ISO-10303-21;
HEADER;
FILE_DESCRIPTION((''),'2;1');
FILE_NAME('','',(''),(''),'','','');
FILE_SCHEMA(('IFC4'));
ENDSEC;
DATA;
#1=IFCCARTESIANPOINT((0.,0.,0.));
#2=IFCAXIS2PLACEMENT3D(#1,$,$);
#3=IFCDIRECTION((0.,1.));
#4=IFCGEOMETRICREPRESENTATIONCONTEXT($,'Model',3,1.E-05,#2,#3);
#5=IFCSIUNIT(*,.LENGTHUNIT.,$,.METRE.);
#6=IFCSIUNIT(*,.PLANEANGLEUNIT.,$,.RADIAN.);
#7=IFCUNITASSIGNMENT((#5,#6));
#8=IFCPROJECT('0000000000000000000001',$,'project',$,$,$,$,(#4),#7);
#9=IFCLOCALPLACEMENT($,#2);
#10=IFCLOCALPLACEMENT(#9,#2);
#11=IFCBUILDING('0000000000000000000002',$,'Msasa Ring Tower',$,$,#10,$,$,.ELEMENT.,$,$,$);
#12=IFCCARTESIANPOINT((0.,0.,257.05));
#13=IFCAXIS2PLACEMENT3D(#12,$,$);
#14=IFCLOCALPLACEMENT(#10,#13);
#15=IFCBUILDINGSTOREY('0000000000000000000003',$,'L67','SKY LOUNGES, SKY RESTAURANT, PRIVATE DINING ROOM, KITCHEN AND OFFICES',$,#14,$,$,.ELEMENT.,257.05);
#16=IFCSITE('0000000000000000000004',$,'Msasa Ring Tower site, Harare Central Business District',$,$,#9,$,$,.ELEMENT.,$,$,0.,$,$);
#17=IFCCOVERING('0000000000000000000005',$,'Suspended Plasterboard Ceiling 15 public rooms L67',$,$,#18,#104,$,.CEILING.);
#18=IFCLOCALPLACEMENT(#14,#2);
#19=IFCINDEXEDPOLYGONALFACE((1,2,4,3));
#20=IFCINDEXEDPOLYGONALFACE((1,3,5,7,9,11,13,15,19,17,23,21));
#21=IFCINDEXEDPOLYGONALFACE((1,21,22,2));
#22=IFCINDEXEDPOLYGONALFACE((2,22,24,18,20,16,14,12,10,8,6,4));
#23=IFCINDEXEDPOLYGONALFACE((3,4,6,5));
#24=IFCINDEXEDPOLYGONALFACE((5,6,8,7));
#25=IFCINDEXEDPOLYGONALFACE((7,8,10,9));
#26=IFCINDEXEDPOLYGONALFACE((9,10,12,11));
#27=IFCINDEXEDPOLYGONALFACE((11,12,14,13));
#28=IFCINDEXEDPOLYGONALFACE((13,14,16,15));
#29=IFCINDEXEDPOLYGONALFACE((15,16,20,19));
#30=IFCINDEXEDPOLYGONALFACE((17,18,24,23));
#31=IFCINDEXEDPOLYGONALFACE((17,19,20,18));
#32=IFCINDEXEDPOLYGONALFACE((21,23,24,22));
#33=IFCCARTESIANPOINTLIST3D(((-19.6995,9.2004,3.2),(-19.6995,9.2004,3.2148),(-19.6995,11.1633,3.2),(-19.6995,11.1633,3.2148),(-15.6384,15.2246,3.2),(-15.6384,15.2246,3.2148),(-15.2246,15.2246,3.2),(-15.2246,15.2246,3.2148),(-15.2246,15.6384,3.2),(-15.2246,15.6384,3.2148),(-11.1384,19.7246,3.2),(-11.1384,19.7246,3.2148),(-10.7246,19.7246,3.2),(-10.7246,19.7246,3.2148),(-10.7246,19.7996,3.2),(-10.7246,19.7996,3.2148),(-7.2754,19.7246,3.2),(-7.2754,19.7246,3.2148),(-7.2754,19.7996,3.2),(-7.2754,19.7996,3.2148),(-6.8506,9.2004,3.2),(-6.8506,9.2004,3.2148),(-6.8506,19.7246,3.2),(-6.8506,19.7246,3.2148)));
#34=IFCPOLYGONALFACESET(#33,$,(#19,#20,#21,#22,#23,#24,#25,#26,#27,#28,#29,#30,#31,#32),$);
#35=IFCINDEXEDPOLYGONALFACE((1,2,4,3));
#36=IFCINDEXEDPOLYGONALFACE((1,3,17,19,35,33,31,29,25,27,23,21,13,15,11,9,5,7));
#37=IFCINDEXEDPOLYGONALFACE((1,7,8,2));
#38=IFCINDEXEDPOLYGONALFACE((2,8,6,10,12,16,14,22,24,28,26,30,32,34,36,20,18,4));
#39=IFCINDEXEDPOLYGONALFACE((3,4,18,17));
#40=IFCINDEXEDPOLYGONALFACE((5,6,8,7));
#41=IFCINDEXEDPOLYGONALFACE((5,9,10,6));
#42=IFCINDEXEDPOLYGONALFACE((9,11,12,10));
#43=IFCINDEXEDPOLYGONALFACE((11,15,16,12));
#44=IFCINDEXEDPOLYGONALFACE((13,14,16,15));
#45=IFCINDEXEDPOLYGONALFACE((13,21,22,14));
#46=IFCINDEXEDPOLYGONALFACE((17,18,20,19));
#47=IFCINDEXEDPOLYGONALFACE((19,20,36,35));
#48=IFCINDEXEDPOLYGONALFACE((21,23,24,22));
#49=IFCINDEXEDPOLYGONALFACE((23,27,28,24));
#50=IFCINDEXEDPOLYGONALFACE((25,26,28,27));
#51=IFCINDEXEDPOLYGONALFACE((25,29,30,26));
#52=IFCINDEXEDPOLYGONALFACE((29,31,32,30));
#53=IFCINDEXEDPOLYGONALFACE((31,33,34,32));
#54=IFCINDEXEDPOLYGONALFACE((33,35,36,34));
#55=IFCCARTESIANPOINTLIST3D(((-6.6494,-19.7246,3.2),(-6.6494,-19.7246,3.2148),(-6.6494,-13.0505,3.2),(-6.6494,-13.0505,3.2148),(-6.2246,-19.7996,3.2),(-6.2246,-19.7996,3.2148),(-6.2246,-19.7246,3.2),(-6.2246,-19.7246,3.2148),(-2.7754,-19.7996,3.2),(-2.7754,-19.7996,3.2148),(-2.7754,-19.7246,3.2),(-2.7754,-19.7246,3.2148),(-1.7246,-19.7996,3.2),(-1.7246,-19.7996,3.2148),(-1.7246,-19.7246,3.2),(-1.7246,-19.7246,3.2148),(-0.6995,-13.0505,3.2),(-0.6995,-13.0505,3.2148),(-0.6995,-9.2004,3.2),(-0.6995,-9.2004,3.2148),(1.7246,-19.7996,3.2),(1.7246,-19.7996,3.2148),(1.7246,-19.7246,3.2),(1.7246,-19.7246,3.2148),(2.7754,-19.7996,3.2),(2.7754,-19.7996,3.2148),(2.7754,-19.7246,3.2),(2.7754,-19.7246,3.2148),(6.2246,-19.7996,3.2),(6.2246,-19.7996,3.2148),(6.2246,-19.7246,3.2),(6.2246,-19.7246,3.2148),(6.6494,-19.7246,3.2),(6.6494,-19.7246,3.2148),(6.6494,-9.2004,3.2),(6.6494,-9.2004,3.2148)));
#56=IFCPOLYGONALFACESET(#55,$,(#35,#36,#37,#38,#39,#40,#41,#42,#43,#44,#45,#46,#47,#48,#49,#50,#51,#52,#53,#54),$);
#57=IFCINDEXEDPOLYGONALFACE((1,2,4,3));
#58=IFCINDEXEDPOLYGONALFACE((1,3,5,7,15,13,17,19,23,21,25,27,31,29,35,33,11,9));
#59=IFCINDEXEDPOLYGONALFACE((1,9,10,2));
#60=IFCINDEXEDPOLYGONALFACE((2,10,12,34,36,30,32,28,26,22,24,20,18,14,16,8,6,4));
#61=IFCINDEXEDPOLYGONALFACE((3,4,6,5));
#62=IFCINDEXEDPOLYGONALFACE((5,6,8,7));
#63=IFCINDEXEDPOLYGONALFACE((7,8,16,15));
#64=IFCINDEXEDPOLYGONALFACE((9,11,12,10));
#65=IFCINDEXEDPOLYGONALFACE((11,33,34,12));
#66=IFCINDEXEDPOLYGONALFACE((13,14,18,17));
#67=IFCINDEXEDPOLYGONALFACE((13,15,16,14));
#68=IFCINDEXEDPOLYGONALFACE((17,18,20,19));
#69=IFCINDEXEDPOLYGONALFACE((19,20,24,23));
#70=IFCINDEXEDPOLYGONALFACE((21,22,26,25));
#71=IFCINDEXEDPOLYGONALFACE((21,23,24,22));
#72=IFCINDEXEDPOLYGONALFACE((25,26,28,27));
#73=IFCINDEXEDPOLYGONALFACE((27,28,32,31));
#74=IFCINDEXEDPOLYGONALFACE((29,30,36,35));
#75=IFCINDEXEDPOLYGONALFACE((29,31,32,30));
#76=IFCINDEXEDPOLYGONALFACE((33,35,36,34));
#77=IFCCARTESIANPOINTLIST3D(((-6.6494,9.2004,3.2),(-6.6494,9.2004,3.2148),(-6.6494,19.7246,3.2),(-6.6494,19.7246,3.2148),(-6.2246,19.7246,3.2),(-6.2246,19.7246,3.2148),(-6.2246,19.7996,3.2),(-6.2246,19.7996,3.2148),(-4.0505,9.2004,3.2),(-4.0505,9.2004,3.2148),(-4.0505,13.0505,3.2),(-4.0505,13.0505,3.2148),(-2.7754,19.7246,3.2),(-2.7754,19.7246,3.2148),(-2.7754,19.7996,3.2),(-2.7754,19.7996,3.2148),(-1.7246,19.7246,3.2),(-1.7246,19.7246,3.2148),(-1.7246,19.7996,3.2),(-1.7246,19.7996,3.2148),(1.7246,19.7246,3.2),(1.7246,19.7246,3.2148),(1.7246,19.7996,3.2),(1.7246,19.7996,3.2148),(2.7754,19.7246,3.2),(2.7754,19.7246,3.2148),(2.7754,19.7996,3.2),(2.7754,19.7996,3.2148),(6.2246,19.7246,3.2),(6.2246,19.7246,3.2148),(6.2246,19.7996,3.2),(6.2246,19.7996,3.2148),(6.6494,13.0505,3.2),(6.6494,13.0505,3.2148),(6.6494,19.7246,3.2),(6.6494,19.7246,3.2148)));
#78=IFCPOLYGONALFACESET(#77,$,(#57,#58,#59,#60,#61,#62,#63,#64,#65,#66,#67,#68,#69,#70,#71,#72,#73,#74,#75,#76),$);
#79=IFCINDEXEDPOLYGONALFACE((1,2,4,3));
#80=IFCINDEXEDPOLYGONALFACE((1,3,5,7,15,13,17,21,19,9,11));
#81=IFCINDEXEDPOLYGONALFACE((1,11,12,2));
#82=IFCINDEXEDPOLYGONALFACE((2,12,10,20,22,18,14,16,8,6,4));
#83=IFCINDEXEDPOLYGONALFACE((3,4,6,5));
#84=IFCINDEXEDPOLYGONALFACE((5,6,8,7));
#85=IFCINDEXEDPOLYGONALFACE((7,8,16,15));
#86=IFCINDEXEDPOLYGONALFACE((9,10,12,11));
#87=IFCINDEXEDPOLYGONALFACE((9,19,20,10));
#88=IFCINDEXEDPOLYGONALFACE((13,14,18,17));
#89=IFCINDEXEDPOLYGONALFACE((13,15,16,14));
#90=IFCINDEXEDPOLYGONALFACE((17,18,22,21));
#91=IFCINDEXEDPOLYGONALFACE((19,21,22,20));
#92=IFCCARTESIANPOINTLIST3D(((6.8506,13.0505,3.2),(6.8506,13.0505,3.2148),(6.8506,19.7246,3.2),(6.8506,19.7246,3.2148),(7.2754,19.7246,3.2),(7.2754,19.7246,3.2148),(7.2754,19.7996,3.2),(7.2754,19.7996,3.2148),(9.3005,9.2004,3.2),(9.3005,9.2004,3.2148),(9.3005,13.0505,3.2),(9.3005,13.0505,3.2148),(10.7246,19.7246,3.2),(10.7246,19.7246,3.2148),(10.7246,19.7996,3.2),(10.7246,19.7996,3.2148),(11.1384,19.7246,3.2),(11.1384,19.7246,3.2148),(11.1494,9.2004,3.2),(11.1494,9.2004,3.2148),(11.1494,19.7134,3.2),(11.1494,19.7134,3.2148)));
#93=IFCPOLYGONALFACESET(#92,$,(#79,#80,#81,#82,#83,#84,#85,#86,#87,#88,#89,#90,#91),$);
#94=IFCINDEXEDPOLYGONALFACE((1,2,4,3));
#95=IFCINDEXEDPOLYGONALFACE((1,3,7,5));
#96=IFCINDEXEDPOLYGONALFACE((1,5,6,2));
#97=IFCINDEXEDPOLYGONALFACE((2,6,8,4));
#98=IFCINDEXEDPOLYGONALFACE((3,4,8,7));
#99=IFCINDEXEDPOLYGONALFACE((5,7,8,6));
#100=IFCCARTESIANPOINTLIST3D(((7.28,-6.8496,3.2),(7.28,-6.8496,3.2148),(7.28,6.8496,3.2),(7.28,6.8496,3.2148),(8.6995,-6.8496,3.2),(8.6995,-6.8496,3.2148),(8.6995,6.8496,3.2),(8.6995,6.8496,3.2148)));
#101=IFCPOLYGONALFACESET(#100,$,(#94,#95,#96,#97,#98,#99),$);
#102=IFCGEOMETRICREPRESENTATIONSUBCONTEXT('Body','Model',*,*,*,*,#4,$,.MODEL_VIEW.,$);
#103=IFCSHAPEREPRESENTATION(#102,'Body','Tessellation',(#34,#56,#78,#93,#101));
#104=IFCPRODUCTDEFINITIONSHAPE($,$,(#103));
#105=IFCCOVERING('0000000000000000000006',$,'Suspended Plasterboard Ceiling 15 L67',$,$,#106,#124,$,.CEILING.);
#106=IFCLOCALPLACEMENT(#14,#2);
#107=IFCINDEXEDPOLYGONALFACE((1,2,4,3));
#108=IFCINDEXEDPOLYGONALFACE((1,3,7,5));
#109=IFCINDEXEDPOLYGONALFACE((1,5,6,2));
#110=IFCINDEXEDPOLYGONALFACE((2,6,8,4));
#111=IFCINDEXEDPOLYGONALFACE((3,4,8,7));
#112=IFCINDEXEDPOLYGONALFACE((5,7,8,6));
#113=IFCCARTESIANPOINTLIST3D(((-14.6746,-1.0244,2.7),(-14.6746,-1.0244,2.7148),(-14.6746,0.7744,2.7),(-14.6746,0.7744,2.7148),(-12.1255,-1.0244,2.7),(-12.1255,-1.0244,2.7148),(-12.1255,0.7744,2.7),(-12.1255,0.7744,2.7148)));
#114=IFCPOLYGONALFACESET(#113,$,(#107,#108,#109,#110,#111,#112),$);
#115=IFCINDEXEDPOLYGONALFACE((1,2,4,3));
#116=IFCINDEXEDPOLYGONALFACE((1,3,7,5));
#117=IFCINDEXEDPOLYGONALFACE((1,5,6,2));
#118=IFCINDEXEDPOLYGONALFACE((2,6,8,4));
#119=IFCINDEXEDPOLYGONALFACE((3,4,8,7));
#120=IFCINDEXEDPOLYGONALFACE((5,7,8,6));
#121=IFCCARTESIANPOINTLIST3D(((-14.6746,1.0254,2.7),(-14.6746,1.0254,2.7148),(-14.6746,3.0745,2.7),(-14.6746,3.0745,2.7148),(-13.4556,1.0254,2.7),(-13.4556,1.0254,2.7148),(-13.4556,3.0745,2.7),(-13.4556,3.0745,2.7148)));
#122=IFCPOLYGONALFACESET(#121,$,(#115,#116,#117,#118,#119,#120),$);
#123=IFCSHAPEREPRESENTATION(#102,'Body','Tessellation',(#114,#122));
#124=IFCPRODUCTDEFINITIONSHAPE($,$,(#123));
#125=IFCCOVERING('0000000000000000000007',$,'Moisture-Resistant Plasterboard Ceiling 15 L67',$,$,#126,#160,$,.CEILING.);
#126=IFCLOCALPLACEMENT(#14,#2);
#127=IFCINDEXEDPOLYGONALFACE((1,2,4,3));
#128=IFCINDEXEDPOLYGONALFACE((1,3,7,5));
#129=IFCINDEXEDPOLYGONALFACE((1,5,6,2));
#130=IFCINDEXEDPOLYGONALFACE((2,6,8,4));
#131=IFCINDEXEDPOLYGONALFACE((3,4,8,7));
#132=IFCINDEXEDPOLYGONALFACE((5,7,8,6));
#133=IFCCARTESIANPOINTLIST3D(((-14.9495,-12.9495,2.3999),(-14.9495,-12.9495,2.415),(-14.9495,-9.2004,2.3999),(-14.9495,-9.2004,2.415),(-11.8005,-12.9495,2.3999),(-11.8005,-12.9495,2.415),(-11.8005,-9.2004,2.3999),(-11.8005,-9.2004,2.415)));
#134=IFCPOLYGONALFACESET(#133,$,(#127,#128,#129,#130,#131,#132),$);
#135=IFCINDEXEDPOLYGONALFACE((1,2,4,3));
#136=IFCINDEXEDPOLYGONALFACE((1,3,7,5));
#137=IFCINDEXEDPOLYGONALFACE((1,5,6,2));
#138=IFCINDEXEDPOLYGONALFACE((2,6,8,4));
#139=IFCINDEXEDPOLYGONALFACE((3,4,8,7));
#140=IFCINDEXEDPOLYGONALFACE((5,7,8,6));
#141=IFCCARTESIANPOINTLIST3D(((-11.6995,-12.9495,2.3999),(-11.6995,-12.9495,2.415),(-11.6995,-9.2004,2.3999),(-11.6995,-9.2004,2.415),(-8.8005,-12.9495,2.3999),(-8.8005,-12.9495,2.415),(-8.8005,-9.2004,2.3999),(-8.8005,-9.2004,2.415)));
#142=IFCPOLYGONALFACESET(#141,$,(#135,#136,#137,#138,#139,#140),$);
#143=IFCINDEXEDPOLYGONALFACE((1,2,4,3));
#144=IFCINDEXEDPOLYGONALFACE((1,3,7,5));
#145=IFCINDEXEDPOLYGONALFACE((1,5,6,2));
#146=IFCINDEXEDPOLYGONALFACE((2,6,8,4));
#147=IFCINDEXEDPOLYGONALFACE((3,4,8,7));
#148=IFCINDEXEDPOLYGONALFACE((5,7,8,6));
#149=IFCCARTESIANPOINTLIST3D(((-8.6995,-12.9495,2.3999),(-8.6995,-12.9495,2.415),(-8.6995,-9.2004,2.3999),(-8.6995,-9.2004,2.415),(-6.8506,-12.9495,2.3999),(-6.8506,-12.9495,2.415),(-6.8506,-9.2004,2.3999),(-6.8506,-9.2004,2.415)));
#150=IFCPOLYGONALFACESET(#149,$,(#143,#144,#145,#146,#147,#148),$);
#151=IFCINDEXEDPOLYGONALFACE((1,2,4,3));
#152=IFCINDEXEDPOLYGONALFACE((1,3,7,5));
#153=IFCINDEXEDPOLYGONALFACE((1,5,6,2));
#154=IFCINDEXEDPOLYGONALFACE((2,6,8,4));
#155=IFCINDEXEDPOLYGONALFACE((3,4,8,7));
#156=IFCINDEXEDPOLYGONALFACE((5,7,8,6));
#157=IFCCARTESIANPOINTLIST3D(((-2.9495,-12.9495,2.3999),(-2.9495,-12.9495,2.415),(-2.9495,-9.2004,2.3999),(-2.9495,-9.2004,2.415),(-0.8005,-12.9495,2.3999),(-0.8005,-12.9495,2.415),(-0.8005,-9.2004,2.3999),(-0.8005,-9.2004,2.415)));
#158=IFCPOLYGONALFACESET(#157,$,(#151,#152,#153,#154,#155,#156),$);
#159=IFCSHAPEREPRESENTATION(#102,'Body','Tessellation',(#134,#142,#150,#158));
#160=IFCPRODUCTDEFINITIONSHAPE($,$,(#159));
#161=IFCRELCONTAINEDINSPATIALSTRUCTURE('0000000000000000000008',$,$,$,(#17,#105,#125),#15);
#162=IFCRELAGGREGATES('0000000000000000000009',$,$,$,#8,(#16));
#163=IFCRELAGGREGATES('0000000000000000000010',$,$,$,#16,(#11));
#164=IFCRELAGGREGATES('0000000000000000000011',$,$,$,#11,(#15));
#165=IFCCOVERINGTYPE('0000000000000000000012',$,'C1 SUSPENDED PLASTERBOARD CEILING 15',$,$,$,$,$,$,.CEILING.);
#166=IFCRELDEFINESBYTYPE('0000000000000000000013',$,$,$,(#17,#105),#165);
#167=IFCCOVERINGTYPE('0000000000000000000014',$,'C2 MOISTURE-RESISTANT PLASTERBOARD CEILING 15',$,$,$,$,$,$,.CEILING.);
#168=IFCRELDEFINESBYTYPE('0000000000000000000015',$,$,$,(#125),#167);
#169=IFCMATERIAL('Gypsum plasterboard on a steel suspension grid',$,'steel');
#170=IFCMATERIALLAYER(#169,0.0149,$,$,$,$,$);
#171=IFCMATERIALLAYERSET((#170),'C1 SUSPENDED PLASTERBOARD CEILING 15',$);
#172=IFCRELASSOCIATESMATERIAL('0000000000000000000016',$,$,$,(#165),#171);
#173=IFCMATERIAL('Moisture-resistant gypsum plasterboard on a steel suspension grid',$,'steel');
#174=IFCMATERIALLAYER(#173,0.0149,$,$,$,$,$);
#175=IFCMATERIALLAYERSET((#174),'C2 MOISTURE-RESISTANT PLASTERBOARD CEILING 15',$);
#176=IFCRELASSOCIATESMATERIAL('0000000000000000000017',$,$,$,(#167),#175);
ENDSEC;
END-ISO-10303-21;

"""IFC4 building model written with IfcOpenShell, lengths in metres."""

from ifc_helpers import new_model, si_unit, direction, frame, origin, place, context, subcontext, project, spatial, line, indexed_curve, outline, extrude, material, layer, layer_set, type_object, element, save


model = new_model("IFC4")

# Units and contexts
model_context = context("Model", 3, precision=1e-05, world=origin(), true_north=direction((0.0, 1.0)))
body_context = subcontext(model_context, "Body", "Model", "MODEL_VIEW")
ifc_project = project(units=[si_unit("LENGTHUNIT", "METRE"), si_unit("PLANEANGLEUNIT", "RADIAN")], contexts=[model_context])

# Site, building, storey
site_placement = place(None, origin())
site = spatial("IfcSite", under=ifc_project, at=site_placement, Name="Msasa Ring Tower site, Harare Central Business District", CompositionType="ELEMENT", RefElevation=0.0)
building_placement = place(site_placement, origin())
building = spatial("IfcBuilding", under=site, at=building_placement, Name="Msasa Ring Tower", CompositionType="ELEMENT")
storey_placement = place(building_placement, frame((0.0, 0.0, 257.05)))
storey = spatial("IfcBuildingStorey", under=building, at=storey_placement, Name="L67", Description="SKY LOUNGES, SKY RESTAURANT, PRIVATE DINING ROOM, KITCHEN AND OFFICES", CompositionType="ELEMENT", Elevation=257.05)

# Coverings
ifc_material_1 = material(Name="Gypsum plasterboard on a steel suspension grid", Category="steel")
ifc_layer_1 = layer(ifc_material_1, 0.0149)
ifc_layer_set_1 = layer_set([ifc_layer_1], Name="C1 SUSPENDED PLASTERBOARD CEILING 15")
covering_type_1 = type_object("IfcCoveringType", Name="C1 SUSPENDED PLASTERBOARD CEILING 15", PredefinedType="CEILING", material=ifc_layer_set_1)
covering_1_placement = place(storey_placement, frame((0.0, 0.0, 3.2)))
element("IfcCovering", 1, at=covering_1_placement, inside=storey, type_object=covering_type_1, Name="Suspended Plasterboard Ceiling 15 public rooms L67", PredefinedType="CEILING", context=body_context, shape_type="SweptSolid", body=[
    extrude(outline(indexed_curve([(-15.6384, 15.2246), (-15.2246, 15.2246), (-15.2246, 15.6384), (-11.1384, 19.7246), (-10.7246, 19.7246), (-10.7246, 19.7996), (-7.2754, 19.7996), (-7.2754, 19.7246), (-6.8506, 19.7246), (-6.8506, 9.2004), (-19.6995, 9.2004), (-19.6995, 11.1633)], segments=[line(1, 2, 3, 4, 5, 6, 7, 8, 9, 10, 11, 12, 1)], self_intersect=False)), origin(), (0.0, 0.0, 1.0), 0.0149),
    extrude(outline(indexed_curve([(-0.6995, -13.0505), (-0.6995, -9.2004), (6.6494, -9.2004), (6.6494, -19.7246), (6.2246, -19.7246), (6.2246, -19.7996), (2.7754, -19.7996), (2.7754, -19.7246), (1.7246, -19.7246), (1.7246, -19.7996), (-1.7246, -19.7996), (-1.7246, -19.7246), (-2.7754, -19.7246), (-2.7754, -19.7996), (-6.2246, -19.7996), (-6.2246, -19.7246), (-6.6494, -19.7246), (-6.6494, -13.0505)], segments=[line(1, 2, 3, 4, 5, 6, 7, 8, 9, 10, 11, 12, 13, 14, 15, 16, 17, 18, 1)], self_intersect=False)), origin(), (0.0, 0.0, 1.0), 0.0149),
    extrude(outline(indexed_curve([(-4.0505, 13.0505), (-4.0505, 9.2004), (-6.6494, 9.2004), (-6.6494, 19.7246), (-6.2246, 19.7246), (-6.2246, 19.7996), (-2.7754, 19.7996), (-2.7754, 19.7246), (-1.7246, 19.7246), (-1.7246, 19.7996), (1.7246, 19.7996), (1.7246, 19.7246), (2.7754, 19.7246), (2.7754, 19.7996), (6.2246, 19.7996), (6.2246, 19.7246), (6.6494, 19.7246), (6.6494, 13.0505)], segments=[line(1, 2, 3, 4, 5, 6, 7, 8, 9, 10, 11, 12, 13, 14, 15, 16, 17, 18, 1)], self_intersect=False)), origin(), (0.0, 0.0, 1.0), 0.0149),
    extrude(outline(indexed_curve([(10.7246, 19.7996), (10.7246, 19.7246), (11.1384, 19.7246), (11.1494, 19.7134), (11.1494, 9.2004), (9.3005, 9.2004), (9.3005, 13.0505), (6.8506, 13.0505), (6.8506, 19.7246), (7.2754, 19.7246), (7.2754, 19.7996)], segments=[line(1, 2, 3, 4, 5, 6, 7, 8, 9, 10, 11, 1)], self_intersect=False)), origin(), (0.0, 0.0, 1.0), 0.0149),
    extrude(outline(indexed_curve([(8.6995, -6.8496), (7.28, -6.8496), (7.28, 6.8496), (8.6995, 6.8496)], segments=[line(1, 2, 3, 4, 1)], self_intersect=False)), origin(), (0.0, 0.0, 1.0), 0.0149),
])
covering_2_placement = place(storey_placement, frame((0.0, 0.0, 2.7)))
element("IfcCovering", 2, at=covering_2_placement, inside=storey, type_object=covering_type_1, Name="Suspended Plasterboard Ceiling 15 L67", PredefinedType="CEILING", context=body_context, shape_type="SweptSolid", body=[
    extrude(outline(indexed_curve([(-12.1255, -1.0244), (-14.6746, -1.0244), (-14.6746, 0.7744), (-12.1255, 0.7744)], segments=[line(1, 2, 3, 4, 1)], self_intersect=False)), origin(), (0.0, 0.0, 1.0), 0.0149),
    extrude(outline(indexed_curve([(-13.4556, 3.0745), (-13.4556, 1.0254), (-14.6746, 1.0254), (-14.6746, 3.0745)], segments=[line(1, 2, 3, 4, 1)], self_intersect=False)), origin(), (0.0, 0.0, 1.0), 0.0149),
])
ifc_material_2 = material(Name="Moisture-resistant gypsum plasterboard on a steel suspension grid", Category="steel")
ifc_layer_2 = layer(ifc_material_2, 0.0149)
ifc_layer_set_2 = layer_set([ifc_layer_2], Name="C2 MOISTURE-RESISTANT PLASTERBOARD CEILING 15")
covering_type_2 = type_object("IfcCoveringType", Name="C2 MOISTURE-RESISTANT PLASTERBOARD CEILING 15", PredefinedType="CEILING", material=ifc_layer_set_2)
covering_3_placement = place(storey_placement, frame((0.0, 0.0, 2.3999)))
element("IfcCovering", 3, at=covering_3_placement, inside=storey, type_object=covering_type_2, Name="Moisture-Resistant Plasterboard Ceiling 15 L67", PredefinedType="CEILING", context=body_context, shape_type="SweptSolid", body=[
    extrude(outline(indexed_curve([(-11.8005, -12.9495), (-14.9495, -12.9495), (-14.9495, -9.2004), (-11.8005, -9.2004)], segments=[line(1, 2, 3, 4, 1)], self_intersect=False)), origin(), (0.0, 0.0, 1.0), 0.0151),
    extrude(outline(indexed_curve([(-8.8005, -12.9495), (-11.6995, -12.9495), (-11.6995, -9.2004), (-8.8005, -9.2004)], segments=[line(1, 2, 3, 4, 1)], self_intersect=False)), origin(), (0.0, 0.0, 1.0), 0.0151),
    extrude(outline(indexed_curve([(-8.6995, -12.9495), (-8.6995, -9.2004), (-6.8506, -9.2004), (-6.8506, -12.9495)], segments=[line(1, 2, 3, 4, 1)], self_intersect=False)), origin(), (0.0, 0.0, 1.0), 0.0151),
    extrude(outline(indexed_curve([(-0.8005, -12.9495), (-2.9495, -12.9495), (-2.9495, -9.2004), (-0.8005, -9.2004)], segments=[line(1, 2, 3, 4, 1)], self_intersect=False)), origin(), (0.0, 0.0, 1.0), 0.0151),
])

save(model, "model.ifc")
